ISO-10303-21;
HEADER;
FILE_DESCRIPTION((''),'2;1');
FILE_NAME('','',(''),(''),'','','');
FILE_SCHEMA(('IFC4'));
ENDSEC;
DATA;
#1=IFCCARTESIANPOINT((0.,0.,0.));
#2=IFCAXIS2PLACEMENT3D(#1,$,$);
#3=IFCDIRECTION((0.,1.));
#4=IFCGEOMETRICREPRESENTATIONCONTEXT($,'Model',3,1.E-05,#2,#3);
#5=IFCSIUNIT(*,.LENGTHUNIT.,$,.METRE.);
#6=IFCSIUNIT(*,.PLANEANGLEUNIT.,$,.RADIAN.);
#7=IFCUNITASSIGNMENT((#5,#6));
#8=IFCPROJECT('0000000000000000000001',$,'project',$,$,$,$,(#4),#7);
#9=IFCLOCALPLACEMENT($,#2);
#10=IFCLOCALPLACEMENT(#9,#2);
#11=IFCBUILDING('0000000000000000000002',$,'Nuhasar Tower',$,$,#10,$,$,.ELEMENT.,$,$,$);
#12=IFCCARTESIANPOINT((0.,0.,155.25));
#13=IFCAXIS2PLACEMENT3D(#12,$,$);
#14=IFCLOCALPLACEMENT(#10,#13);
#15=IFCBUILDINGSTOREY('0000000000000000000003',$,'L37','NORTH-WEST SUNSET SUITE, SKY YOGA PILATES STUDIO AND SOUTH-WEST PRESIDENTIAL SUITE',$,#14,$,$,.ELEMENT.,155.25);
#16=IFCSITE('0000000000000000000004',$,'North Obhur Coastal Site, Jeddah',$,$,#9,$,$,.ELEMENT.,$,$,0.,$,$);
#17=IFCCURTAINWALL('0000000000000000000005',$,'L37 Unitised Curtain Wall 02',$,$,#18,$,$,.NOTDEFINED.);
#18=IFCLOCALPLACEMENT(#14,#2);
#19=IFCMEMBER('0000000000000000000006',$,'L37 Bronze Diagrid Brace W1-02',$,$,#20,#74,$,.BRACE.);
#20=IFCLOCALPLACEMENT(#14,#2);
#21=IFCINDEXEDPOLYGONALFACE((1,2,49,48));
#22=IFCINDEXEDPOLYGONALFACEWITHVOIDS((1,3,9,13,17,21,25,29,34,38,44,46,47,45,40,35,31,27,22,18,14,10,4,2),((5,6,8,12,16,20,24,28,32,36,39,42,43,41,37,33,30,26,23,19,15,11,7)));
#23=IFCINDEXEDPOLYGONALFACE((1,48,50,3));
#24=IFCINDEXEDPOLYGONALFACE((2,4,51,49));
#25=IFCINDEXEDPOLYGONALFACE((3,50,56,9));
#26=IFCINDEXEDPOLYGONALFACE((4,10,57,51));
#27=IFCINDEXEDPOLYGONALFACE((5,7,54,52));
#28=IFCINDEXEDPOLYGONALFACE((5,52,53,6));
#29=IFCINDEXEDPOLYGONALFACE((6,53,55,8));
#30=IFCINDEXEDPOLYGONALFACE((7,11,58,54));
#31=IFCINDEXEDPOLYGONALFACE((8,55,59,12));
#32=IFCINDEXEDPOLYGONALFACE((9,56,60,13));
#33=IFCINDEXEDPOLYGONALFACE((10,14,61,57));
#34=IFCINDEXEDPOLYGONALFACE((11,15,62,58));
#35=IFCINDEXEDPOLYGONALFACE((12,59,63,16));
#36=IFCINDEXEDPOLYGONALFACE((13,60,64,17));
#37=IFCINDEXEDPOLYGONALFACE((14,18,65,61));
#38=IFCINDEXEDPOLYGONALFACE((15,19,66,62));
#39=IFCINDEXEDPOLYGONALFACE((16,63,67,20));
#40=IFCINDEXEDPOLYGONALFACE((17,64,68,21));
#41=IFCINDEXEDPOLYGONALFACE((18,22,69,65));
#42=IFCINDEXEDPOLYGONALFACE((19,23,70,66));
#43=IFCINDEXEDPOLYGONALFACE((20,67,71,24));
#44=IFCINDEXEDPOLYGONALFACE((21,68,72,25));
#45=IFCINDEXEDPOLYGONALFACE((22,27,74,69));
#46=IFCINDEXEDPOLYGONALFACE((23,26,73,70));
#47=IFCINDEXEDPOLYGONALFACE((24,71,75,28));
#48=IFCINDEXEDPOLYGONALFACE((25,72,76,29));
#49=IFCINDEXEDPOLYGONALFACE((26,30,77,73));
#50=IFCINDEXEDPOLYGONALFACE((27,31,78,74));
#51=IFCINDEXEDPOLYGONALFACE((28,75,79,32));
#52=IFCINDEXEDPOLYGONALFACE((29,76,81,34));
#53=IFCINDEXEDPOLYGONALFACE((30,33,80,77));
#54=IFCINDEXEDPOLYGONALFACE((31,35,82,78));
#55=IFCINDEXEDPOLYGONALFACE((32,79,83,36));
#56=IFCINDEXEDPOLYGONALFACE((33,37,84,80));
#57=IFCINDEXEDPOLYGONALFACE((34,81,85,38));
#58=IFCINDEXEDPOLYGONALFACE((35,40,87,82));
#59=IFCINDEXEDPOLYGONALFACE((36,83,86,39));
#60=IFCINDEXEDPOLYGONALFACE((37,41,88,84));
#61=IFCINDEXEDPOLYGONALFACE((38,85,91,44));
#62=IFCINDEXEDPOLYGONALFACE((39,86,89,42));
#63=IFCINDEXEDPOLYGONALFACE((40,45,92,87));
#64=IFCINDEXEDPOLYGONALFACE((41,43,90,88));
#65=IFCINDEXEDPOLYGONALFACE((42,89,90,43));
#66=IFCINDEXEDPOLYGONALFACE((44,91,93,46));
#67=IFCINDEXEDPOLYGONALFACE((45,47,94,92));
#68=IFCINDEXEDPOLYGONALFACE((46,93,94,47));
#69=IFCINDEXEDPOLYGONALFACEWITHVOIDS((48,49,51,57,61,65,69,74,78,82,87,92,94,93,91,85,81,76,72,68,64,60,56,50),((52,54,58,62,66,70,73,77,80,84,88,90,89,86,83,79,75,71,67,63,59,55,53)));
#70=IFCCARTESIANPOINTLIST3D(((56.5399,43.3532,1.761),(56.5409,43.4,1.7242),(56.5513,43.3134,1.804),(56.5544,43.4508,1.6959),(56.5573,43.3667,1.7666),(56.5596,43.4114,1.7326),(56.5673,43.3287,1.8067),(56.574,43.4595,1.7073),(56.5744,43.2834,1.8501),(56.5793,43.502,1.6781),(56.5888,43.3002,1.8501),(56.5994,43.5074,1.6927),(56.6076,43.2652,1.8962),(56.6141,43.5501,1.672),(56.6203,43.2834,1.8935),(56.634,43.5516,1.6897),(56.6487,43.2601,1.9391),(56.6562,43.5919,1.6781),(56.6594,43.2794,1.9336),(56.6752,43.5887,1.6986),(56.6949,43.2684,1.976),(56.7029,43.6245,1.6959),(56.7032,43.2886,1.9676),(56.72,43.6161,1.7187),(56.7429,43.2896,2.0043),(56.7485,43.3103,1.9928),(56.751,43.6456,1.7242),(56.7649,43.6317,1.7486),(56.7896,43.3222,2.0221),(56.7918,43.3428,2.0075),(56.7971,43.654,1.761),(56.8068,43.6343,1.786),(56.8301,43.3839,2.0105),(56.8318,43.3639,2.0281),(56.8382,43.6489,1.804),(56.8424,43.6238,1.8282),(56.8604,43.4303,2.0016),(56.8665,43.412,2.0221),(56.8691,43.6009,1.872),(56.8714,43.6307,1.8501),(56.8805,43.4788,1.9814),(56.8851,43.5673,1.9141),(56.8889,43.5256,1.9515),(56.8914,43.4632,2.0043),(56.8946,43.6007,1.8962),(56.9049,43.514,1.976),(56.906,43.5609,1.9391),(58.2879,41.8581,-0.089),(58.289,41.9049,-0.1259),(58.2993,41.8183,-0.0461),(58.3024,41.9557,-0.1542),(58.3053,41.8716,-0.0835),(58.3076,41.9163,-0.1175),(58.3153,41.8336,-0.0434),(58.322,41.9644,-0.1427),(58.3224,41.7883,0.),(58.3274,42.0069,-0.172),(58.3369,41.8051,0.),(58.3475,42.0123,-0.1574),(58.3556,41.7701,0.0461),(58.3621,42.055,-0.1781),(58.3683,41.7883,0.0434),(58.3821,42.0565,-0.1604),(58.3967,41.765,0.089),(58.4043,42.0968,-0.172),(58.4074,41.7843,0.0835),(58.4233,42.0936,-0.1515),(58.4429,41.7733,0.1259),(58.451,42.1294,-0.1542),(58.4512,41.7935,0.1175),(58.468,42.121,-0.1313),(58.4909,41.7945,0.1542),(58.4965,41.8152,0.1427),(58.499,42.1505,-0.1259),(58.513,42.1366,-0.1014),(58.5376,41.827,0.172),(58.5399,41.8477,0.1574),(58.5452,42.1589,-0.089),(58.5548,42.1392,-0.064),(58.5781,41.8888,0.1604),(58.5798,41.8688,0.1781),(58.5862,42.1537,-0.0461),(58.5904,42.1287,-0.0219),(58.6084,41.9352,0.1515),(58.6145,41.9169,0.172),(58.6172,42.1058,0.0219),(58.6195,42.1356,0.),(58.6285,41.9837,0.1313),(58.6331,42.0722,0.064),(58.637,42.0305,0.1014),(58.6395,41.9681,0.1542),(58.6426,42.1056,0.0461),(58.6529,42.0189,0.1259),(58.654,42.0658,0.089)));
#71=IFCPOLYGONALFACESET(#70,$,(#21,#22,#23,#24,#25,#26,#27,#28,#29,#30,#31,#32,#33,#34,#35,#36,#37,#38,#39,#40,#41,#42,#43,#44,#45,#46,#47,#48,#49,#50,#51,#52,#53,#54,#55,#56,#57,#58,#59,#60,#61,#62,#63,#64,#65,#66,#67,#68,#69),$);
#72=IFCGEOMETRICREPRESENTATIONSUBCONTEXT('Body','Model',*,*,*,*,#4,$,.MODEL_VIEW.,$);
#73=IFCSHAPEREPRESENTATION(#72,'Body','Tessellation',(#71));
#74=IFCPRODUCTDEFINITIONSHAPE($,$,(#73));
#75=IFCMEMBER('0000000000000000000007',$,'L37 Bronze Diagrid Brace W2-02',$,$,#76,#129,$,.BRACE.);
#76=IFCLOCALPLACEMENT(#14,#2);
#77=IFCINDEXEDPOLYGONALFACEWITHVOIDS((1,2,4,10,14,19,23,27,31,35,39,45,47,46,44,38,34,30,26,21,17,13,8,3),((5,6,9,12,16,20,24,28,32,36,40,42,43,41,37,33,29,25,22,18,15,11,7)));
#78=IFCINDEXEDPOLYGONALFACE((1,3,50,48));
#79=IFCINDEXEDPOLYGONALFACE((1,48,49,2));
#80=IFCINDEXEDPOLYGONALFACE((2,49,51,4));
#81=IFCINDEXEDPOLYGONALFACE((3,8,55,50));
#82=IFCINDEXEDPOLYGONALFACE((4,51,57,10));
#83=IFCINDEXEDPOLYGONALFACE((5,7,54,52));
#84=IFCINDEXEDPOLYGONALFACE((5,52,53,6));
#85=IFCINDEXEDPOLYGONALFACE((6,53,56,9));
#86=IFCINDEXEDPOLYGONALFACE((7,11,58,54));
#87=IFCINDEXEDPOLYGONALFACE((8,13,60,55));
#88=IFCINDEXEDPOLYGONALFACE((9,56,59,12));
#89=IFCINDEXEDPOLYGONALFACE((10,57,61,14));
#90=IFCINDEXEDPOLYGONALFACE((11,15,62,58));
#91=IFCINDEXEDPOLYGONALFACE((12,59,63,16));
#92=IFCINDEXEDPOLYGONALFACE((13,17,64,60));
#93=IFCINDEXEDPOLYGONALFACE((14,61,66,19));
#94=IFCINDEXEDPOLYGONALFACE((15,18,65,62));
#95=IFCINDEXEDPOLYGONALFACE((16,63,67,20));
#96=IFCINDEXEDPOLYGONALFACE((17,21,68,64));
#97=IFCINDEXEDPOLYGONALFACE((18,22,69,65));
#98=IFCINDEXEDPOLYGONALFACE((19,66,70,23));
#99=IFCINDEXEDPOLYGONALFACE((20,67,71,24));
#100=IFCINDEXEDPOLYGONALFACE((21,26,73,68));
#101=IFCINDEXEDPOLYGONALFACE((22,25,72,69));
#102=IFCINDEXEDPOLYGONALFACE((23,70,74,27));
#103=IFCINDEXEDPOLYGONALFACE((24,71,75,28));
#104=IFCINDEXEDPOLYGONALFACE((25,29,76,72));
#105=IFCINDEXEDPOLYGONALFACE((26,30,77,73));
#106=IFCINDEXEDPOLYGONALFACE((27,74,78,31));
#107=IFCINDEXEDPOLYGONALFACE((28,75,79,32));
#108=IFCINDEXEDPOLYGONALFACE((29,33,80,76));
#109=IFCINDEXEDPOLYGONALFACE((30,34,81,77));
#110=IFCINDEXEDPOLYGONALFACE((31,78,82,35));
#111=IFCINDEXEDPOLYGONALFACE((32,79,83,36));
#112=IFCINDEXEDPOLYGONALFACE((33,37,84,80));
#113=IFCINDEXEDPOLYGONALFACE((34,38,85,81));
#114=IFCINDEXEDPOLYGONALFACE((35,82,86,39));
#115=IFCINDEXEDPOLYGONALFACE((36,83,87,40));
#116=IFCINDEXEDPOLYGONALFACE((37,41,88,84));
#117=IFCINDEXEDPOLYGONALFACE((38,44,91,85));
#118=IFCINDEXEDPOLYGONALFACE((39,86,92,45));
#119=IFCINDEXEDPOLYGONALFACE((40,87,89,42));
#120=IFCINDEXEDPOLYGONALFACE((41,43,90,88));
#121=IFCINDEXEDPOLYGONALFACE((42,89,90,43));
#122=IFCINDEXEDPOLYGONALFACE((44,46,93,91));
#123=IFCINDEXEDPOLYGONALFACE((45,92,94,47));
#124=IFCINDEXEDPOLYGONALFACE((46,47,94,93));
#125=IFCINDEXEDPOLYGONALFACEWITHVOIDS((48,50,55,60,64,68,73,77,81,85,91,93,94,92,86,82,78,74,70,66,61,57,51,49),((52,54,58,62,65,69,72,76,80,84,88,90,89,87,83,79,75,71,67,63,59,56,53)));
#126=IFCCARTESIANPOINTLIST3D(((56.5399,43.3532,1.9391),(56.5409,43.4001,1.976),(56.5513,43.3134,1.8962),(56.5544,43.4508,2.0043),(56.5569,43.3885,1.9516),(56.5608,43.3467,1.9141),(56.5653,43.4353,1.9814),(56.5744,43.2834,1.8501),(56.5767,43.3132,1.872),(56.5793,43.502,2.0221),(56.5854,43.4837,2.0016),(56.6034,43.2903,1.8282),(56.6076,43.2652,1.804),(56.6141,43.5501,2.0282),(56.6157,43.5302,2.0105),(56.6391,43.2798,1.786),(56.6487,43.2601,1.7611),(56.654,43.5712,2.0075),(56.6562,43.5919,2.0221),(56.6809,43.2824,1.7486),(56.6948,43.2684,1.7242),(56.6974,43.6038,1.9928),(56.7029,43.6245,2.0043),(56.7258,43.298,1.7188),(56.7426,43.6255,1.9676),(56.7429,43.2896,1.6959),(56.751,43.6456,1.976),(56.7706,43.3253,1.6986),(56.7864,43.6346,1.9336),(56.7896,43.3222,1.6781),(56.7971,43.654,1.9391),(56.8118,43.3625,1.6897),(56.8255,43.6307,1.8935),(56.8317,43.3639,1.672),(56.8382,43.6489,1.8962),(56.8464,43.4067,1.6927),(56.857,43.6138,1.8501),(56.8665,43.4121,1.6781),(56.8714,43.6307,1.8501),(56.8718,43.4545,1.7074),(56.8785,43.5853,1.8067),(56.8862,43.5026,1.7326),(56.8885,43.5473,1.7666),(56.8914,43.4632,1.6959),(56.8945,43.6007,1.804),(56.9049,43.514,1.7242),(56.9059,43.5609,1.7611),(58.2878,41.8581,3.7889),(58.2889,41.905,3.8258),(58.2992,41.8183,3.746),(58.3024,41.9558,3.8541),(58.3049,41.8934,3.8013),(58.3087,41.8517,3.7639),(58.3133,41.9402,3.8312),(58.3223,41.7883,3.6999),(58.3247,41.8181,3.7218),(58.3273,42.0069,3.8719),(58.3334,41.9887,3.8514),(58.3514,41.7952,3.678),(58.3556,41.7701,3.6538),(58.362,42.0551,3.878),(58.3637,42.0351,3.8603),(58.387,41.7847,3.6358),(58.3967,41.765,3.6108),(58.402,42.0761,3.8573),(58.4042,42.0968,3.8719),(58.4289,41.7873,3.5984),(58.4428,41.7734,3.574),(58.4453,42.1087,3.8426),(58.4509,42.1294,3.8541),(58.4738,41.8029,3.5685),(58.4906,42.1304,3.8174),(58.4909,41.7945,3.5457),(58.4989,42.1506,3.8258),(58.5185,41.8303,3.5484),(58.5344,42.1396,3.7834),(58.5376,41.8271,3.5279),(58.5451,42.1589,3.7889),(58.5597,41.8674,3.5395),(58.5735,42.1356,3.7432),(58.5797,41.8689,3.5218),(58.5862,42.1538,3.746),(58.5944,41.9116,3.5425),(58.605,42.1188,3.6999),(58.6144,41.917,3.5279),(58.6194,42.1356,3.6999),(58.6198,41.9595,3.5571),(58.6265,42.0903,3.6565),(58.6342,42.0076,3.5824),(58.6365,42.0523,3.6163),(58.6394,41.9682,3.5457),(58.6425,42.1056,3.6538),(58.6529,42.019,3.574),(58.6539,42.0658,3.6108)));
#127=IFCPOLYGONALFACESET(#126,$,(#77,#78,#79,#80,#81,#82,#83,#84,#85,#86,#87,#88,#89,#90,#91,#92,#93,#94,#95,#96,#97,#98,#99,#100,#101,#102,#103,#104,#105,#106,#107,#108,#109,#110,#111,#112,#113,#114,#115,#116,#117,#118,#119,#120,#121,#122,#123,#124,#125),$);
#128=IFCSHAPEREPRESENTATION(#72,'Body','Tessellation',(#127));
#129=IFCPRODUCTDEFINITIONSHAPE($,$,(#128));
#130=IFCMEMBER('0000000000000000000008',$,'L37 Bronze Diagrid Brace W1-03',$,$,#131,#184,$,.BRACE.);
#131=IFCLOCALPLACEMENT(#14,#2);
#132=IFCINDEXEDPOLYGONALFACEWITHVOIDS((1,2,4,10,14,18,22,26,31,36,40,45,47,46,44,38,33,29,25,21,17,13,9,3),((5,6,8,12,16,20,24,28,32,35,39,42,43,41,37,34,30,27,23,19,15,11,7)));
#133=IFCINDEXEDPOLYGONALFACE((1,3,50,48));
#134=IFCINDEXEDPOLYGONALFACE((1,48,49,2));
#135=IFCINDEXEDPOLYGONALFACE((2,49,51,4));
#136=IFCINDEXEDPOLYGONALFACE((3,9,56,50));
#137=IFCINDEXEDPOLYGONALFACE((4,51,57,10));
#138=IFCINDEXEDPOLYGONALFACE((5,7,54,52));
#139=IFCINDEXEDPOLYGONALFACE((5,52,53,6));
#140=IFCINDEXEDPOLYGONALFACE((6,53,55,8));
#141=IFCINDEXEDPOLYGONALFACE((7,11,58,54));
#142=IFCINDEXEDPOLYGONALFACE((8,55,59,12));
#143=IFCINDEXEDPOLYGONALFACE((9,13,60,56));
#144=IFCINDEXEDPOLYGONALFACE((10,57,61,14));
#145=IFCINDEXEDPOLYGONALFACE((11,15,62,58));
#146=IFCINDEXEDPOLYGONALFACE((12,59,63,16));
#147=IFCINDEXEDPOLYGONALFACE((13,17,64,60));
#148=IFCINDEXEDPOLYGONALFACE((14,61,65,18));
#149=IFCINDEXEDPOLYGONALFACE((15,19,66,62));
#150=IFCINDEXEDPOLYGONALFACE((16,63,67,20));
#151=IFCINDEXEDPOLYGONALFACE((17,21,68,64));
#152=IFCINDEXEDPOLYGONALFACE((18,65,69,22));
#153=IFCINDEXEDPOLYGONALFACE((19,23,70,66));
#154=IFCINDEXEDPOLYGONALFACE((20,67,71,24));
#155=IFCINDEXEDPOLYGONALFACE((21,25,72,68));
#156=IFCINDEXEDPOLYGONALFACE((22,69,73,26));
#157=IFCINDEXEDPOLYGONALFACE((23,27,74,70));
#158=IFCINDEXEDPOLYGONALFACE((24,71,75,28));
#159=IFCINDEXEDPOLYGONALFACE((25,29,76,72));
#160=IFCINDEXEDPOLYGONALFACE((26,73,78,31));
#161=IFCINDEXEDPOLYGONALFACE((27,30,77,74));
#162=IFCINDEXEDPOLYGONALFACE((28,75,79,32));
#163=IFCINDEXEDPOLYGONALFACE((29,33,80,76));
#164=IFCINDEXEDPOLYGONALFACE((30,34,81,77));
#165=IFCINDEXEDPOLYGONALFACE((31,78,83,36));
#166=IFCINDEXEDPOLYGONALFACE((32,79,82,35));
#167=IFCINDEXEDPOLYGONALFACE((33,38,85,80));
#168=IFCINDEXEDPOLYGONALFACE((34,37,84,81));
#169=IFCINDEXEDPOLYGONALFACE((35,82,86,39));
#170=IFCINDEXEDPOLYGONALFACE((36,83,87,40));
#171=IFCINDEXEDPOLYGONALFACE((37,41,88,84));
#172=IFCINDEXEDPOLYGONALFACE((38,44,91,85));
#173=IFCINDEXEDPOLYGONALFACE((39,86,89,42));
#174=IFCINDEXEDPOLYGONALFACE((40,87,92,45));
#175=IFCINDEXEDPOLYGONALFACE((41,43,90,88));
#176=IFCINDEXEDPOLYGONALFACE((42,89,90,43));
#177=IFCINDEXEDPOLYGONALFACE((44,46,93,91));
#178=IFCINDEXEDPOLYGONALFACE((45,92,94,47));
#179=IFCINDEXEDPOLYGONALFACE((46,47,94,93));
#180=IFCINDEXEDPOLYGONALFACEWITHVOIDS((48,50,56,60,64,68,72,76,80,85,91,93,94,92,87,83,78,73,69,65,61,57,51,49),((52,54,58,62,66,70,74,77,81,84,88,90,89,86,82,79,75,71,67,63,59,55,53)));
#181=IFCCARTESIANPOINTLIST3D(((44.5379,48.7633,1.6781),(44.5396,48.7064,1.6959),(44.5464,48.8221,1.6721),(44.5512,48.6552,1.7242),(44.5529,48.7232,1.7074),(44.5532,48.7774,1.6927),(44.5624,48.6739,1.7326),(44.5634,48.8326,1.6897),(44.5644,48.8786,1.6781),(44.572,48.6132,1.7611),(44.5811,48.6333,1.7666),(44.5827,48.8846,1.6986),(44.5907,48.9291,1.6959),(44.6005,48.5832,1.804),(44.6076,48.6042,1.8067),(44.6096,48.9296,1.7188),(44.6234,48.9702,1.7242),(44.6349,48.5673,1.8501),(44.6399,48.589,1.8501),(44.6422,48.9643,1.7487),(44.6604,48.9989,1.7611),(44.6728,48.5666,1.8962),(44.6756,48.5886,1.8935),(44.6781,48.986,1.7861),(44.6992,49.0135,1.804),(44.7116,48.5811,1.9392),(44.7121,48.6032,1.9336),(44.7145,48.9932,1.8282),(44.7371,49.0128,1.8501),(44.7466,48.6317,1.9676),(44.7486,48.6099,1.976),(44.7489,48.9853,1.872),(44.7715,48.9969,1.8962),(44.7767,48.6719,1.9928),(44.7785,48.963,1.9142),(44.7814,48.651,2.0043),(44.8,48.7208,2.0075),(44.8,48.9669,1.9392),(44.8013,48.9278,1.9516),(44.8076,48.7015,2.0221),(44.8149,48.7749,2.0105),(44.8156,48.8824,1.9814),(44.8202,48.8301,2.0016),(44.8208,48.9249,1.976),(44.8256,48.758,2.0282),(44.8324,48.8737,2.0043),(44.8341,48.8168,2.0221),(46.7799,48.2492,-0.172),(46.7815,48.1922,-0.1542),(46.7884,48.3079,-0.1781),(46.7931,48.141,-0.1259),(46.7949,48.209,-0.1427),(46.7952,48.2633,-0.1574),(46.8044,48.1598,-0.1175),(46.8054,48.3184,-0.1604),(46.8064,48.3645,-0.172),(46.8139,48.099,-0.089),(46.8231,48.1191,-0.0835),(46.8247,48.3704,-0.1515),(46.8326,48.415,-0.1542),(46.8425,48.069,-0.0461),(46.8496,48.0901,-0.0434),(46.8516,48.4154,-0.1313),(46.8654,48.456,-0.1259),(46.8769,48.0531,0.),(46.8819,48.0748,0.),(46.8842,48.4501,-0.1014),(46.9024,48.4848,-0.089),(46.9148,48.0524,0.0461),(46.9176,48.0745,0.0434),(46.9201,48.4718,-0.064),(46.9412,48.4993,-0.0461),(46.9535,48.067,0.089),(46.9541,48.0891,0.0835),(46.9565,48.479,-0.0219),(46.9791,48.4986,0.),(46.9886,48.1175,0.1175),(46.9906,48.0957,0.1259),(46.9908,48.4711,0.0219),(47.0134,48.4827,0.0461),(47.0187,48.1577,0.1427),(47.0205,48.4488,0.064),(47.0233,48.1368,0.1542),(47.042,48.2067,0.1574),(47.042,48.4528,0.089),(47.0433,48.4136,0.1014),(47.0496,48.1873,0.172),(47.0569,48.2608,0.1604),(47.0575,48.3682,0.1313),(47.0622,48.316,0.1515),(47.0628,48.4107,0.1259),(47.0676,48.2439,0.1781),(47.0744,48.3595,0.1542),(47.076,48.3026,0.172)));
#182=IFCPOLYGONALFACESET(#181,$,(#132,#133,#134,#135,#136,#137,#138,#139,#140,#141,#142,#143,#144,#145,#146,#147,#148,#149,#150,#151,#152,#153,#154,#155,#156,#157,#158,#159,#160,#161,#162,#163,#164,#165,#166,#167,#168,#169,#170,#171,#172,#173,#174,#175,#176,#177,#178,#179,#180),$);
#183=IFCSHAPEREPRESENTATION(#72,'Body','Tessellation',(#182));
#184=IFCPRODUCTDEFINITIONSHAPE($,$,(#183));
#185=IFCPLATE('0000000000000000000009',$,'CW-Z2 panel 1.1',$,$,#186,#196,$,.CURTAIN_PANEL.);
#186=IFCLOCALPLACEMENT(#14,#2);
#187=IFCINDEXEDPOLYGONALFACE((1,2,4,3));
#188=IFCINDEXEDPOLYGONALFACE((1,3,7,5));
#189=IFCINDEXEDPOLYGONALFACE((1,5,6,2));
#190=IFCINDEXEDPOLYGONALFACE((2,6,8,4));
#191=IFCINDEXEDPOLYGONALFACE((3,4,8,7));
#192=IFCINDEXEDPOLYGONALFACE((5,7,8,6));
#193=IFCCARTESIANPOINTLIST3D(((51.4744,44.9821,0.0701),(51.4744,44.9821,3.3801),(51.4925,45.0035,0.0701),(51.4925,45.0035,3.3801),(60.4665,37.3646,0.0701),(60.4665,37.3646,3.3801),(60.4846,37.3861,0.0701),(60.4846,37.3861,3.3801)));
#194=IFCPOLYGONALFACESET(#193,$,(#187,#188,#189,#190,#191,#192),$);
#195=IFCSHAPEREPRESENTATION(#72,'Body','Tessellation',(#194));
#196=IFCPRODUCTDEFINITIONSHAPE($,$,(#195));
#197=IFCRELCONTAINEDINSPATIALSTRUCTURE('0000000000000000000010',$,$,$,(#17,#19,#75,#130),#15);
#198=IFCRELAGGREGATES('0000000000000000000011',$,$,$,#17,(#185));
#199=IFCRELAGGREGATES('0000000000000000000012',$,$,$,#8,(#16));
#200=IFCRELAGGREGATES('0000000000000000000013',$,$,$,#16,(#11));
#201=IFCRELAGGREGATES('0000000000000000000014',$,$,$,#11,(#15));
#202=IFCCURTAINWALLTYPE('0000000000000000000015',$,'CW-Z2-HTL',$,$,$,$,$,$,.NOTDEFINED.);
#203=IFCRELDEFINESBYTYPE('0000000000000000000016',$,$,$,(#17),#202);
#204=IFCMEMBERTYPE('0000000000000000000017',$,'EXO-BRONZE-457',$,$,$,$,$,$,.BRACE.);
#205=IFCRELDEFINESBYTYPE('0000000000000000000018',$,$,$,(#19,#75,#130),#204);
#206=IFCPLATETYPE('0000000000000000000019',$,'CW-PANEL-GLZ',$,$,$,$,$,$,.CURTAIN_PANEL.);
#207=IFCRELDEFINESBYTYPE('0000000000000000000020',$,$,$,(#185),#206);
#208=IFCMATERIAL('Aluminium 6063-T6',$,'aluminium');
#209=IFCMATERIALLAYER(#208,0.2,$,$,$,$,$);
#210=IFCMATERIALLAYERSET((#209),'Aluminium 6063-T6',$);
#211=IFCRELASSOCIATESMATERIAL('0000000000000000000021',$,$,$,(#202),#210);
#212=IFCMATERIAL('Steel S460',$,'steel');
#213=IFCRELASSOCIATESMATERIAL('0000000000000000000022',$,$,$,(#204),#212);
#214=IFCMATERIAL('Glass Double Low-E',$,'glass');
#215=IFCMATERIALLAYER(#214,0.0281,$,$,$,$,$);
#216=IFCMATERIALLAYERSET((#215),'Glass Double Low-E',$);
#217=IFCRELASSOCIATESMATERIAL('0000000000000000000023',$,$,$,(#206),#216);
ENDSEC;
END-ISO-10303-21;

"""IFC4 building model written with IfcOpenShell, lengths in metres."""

from ifc_helpers import new_model, si_unit, direction, frame, origin, origin_2d, place, context, subcontext, project, spatial, rectangle, hollow_circle, extrude, material, layer, layer_set, material_profile, profile_set, type_object, element, aggregate, save


model = new_model("IFC4")

# Units and contexts
model_context = context("Model", 3, precision=1e-05, world=origin(), true_north=direction((0.0, 1.0)))
body_context = subcontext(model_context, "Body", "Model", "MODEL_VIEW")
ifc_project = project(units=[si_unit("LENGTHUNIT", "METRE"), si_unit("PLANEANGLEUNIT", "RADIAN")], contexts=[model_context])

# Site, building, storey
site_placement = place(None, origin())
site = spatial("IfcSite", under=ifc_project, at=site_placement, Name="North Obhur Coastal Site, Jeddah", CompositionType="ELEMENT", RefElevation=0.0)
building_placement = place(site_placement, origin())
building = spatial("IfcBuilding", under=site, at=building_placement, Name="Nuhasar Tower", CompositionType="ELEMENT")
storey_placement = place(building_placement, frame((0.0, 0.0, 155.25)))
storey = spatial("IfcBuildingStorey", under=building, at=storey_placement, Name="L37", Description="NORTH-WEST SUNSET SUITE, SKY YOGA PILATES STUDIO AND SOUTH-WEST PRESIDENTIAL SUITE", CompositionType="ELEMENT", Elevation=155.25)

# Shared definitions
ifc_material_1 = material(Name="Aluminium 6063-T6", Category="aluminium")
ifc_layer_1 = layer(ifc_material_1, 0.2)
ifc_layer_set_1 = layer_set([ifc_layer_1], Name="Aluminium 6063-T6")
curtain_wall_type = type_object("IfcCurtainWallType", Name="CW-Z2-HTL", PredefinedType="NOTDEFINED", material=ifc_layer_set_1)

# Curtain wall
curtain_wall_1_placement = place(storey_placement, origin())
curtain_wall_1 = element("IfcCurtainWall", 1, at=curtain_wall_1_placement, inside=storey, type_object=curtain_wall_type, Name="L37 Unitised Curtain Wall 02", PredefinedType="NOTDEFINED")

# Members
ifc_material_2 = material(Name="Steel S460", Category="steel")
ifc_material_profile_1 = material_profile(ifc_material_2, hollow_circle(Radius=0.2285, WallThickness=0.0222, at=origin_2d()), Name="HSS457X22.2")
ifc_profile_set_1 = profile_set([ifc_material_profile_1], Name="Steel S460")
member_type_1 = type_object("IfcMemberType", Name="EXO-BRONZE-457", PredefinedType="BRACE", material=ifc_profile_set_1)
member_1_placement = place(storey_placement, frame((58.4709, 41.9619, 0.0), z_axis=(-0.59217, 0.506488, 0.626741), x_axis=(-0.649987, -0.759945, 0.0)))
element("IfcMember", 2, at=member_1_placement, inside=storey, type_object=member_type_1, Name="L37 Bronze Diagrid Brace W1-02", PredefinedType="BRACE", context=body_context, shape_type="SweptSolid", body=[
    extrude(hollow_circle(Radius=0.2285, WallThickness=0.0222, at=origin_2d()), origin(), (0.0, 0.0, 1.0), 2.9519),
])
member_2_placement = place(storey_placement, frame((56.7229, 43.457, 1.8501), z_axis=(0.592201, -0.506514, 0.626691), x_axis=(0.649987, 0.759945, 0.0)))
element("IfcMember", 3, at=member_2_placement, inside=storey, type_object=member_type_1, Name="L37 Bronze Diagrid Brace W2-02", PredefinedType="BRACE", context=body_context, shape_type="SweptSolid", body=[
    extrude(hollow_circle(Radius=0.2285, WallThickness=0.0222, at=origin_2d()), origin(), (0.0, 0.0, 1.0), 2.9517),
])
member_3_placement = place(storey_placement, frame((46.928, 48.2759, 0.0), z_axis=(-0.7595, 0.174181, 0.626755), x_axis=(-0.223534, -0.974696, 0.0)))
element("IfcMember", 4, at=member_3_placement, inside=storey, type_object=member_type_1, Name="L37 Bronze Diagrid Brace W1-03", PredefinedType="BRACE", context=body_context, shape_type="SweptSolid", body=[
    extrude(hollow_circle(Radius=0.2285, WallThickness=0.0222, at=origin_2d()), origin(), (0.0, 0.0, 1.0), 2.9519),
])

# Plate
ifc_material_3 = material(Name="Glass Double Low-E", Category="glass")
ifc_layer_2 = layer(ifc_material_3, 0.0281)
ifc_layer_set_2 = layer_set([ifc_layer_2], Name="Glass Double Low-E")
plate_type = type_object("IfcPlateType", Name="CW-PANEL-GLZ", PredefinedType="CURTAIN_PANEL", material=ifc_layer_set_2)
plate_placement = place(storey_placement, frame((55.9795, 41.1841, 0.0701), z_axis=(0.0, 0.0, 1.0), x_axis=(-0.76302, 0.646374, 0.0)))
plate = element("IfcPlate", 5, at=plate_placement, type_object=plate_type, Name="CW-Z2 panel 1.1", PredefinedType="CURTAIN_PANEL", context=body_context, shape_type="SweptSolid", body=[
    extrude(rectangle(XDim=11.7849, YDim=0.0281, at=origin_2d()), origin(), (0.0, 0.0, 1.0), 3.3101),
])
aggregate(curtain_wall_1, [plate])

save(model, "model.ifc")
